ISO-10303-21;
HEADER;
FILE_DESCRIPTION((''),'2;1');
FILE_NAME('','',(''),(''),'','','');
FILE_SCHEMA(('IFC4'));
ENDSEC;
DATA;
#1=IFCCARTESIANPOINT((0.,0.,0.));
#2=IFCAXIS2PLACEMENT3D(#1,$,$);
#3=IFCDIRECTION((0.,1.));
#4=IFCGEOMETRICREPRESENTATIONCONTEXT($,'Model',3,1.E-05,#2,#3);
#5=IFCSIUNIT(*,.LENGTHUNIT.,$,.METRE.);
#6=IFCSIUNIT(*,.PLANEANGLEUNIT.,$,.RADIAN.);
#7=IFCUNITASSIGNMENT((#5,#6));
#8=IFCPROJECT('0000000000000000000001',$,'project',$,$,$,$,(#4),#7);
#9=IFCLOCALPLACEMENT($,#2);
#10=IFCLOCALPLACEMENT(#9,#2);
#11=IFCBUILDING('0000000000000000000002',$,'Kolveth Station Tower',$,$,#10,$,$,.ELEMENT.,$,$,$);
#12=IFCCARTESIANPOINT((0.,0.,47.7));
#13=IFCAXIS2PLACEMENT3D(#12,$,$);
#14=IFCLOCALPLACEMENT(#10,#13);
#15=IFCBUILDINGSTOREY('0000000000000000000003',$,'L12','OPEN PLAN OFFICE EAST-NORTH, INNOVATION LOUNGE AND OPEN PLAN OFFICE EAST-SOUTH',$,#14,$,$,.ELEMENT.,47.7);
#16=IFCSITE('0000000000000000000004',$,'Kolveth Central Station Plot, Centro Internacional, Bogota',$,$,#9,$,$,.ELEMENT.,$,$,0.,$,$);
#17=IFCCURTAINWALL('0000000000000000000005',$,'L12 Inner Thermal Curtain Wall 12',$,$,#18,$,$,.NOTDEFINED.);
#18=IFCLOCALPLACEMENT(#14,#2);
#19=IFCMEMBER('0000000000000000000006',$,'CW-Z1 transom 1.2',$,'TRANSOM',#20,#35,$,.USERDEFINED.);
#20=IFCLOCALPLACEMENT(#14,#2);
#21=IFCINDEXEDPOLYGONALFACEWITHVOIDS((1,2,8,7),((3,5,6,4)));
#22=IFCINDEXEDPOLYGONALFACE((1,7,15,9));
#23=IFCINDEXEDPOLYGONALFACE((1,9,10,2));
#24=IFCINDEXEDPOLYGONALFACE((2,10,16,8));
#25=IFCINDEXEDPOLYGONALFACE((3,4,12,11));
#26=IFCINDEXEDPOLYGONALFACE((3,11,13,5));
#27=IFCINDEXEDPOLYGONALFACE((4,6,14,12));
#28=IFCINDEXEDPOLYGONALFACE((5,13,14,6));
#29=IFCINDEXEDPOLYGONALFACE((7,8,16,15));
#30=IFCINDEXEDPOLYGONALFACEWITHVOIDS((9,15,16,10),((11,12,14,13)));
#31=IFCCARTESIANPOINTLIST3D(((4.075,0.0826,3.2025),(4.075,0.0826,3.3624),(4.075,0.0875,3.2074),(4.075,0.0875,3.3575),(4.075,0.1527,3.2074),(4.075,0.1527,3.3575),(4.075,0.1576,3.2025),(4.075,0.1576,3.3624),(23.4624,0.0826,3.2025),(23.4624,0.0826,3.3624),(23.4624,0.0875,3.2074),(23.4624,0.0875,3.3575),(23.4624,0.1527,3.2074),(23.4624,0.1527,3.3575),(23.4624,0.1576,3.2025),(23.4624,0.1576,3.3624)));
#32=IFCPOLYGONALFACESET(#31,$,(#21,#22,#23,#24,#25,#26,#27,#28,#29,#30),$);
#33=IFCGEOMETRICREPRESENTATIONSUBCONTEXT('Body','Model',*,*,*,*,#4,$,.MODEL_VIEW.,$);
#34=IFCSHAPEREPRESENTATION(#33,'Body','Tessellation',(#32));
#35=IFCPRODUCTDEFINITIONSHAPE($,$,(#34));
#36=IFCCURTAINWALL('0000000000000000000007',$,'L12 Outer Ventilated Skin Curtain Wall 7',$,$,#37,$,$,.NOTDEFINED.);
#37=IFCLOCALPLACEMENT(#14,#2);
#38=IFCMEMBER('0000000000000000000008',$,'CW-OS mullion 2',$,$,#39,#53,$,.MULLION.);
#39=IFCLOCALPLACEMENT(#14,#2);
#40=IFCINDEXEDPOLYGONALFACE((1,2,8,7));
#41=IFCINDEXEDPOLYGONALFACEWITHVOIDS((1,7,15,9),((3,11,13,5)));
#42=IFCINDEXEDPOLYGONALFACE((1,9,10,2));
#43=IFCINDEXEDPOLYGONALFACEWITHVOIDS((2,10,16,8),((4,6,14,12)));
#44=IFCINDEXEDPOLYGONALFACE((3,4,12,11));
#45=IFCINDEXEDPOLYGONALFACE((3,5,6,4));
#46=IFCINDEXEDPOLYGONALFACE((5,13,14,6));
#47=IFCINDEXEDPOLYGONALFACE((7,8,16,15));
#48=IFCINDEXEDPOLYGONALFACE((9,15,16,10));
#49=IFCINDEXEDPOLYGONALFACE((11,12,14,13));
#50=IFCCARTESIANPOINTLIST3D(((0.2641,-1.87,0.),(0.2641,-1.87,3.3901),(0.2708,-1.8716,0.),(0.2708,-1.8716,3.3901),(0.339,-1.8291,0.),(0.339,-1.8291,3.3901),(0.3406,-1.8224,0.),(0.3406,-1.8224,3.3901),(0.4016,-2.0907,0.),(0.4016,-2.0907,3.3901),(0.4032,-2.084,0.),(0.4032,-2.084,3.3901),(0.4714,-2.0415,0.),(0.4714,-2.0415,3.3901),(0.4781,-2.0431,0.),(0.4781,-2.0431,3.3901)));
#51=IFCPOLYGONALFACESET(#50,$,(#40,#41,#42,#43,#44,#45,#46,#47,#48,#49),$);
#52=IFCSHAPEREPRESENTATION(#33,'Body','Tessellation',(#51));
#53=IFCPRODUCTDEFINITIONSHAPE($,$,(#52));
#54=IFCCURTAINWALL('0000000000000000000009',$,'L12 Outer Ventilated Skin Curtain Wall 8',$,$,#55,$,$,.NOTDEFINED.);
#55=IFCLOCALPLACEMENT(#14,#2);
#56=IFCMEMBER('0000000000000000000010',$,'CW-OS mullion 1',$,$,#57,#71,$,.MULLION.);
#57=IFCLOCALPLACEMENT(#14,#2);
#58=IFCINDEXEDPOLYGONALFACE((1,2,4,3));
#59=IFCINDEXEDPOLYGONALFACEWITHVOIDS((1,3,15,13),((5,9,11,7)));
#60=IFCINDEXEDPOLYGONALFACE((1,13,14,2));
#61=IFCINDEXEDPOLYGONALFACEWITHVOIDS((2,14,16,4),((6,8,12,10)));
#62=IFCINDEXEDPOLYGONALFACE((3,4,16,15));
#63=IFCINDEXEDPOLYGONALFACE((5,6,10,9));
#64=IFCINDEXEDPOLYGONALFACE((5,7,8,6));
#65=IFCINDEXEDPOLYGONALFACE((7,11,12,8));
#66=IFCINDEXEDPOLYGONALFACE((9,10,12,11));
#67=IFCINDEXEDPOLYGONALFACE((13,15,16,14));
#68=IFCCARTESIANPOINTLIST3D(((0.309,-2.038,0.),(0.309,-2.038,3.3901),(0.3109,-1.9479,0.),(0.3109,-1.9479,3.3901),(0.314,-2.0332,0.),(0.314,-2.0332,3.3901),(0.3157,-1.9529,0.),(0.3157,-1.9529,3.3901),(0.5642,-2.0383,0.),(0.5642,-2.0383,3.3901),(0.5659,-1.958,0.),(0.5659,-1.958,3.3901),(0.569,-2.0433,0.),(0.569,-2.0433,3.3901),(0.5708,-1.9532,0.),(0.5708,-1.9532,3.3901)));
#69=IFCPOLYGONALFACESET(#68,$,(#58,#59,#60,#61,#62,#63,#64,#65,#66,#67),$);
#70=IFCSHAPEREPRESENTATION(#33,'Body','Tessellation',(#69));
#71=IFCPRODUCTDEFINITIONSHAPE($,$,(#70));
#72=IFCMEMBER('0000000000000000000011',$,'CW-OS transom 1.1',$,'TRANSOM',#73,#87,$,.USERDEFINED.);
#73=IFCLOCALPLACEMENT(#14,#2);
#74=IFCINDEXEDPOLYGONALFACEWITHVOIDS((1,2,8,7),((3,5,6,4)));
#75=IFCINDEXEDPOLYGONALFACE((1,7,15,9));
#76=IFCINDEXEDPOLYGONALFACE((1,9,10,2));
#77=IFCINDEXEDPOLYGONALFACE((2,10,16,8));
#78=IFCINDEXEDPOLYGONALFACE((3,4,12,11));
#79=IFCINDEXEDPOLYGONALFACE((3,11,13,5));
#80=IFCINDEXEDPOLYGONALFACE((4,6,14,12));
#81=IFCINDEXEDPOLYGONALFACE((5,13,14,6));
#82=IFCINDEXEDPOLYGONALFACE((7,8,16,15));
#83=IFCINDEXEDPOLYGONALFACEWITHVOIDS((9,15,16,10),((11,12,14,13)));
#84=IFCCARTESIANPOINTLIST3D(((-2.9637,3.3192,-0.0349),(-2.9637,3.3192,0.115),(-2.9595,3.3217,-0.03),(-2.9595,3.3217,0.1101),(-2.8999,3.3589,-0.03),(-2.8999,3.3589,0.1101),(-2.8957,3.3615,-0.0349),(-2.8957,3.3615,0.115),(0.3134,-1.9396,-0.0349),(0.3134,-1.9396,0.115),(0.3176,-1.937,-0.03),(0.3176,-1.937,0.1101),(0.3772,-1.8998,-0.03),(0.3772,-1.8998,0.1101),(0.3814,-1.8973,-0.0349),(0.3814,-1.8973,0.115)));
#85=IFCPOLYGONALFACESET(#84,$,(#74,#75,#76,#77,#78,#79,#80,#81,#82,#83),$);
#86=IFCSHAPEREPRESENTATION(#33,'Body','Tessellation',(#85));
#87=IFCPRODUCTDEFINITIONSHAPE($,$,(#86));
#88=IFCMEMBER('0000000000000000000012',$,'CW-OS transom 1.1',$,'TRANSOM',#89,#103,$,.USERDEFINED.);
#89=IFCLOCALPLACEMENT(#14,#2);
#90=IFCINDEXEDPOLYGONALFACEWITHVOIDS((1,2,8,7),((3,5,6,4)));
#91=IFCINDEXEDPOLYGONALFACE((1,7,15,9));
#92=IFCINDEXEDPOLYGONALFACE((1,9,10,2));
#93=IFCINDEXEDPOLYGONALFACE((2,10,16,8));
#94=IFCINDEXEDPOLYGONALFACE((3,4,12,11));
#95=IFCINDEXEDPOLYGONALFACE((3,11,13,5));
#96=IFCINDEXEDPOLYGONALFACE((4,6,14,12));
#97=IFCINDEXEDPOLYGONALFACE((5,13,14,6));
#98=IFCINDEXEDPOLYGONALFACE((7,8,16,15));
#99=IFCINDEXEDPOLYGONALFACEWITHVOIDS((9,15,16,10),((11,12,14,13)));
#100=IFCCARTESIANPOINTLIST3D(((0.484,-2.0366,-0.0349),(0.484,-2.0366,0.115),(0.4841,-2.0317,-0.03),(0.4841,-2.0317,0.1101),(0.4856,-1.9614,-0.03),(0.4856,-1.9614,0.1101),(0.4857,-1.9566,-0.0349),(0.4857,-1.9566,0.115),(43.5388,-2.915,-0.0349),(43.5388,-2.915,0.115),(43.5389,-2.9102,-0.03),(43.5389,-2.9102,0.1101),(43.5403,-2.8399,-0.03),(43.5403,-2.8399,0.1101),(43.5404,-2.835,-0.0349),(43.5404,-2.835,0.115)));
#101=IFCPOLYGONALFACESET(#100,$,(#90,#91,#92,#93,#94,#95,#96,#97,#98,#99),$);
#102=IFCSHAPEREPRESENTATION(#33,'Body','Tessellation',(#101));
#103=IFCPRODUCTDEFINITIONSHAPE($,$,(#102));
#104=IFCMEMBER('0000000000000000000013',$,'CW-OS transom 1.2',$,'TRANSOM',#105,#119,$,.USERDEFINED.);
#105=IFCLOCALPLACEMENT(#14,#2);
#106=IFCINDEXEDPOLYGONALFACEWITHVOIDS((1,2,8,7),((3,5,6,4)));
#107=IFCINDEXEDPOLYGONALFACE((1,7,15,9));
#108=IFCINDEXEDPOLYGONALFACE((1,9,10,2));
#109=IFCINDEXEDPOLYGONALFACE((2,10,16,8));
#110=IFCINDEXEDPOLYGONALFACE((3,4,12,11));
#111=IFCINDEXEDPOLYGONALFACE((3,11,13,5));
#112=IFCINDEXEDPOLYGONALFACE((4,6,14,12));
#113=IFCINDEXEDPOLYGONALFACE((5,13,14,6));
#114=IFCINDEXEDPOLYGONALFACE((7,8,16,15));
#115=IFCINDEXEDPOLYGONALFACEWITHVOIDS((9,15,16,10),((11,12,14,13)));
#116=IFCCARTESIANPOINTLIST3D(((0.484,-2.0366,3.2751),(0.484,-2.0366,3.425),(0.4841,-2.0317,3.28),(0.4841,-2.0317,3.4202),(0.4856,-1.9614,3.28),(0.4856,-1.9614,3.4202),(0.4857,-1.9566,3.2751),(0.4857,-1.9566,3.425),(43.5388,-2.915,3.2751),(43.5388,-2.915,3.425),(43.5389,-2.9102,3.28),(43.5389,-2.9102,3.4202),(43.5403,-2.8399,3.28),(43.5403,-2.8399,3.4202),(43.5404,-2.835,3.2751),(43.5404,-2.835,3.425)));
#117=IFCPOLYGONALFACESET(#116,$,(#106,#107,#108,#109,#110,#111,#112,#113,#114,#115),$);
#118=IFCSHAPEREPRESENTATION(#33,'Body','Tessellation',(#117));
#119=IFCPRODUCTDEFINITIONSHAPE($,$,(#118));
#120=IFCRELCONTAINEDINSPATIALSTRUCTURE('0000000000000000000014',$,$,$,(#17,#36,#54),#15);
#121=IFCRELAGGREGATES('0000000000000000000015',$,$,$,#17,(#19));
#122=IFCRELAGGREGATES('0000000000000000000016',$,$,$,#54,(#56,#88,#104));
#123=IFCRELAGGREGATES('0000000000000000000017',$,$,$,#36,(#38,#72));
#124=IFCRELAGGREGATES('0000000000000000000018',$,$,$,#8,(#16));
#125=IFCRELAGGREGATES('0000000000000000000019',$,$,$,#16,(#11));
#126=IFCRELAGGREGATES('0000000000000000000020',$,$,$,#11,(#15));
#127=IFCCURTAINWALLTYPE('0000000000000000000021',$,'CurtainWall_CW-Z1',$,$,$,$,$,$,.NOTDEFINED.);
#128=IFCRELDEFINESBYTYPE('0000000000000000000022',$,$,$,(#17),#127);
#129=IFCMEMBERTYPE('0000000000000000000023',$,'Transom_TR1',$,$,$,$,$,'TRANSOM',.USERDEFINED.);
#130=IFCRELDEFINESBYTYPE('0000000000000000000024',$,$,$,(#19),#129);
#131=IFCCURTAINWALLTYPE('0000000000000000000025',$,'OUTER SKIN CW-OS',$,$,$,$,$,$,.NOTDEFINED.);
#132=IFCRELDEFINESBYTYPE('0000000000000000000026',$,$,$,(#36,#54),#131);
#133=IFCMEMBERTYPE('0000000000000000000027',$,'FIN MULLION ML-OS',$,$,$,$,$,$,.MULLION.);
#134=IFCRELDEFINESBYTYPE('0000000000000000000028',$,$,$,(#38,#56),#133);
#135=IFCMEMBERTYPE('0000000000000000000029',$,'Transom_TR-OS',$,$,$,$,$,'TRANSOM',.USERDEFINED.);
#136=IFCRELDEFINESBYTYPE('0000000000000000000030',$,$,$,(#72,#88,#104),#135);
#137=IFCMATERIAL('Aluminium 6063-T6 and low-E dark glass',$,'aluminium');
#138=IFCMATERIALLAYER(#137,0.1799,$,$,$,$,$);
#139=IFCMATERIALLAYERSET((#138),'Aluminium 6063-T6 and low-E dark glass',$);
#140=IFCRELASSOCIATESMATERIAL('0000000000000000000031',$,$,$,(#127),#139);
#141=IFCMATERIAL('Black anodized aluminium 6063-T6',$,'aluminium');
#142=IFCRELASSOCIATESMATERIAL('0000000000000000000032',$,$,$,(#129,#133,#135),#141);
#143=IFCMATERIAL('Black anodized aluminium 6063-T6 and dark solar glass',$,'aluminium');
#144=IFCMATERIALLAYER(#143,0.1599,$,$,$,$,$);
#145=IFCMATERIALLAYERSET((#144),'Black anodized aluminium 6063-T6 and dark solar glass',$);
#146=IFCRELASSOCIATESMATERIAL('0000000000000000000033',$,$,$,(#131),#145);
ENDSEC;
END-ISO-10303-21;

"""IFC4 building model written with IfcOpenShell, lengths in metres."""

from ifc_helpers import new_model, si_unit, direction, frame, origin, origin_2d, place, context, subcontext, project, spatial, hollow_rectangle, extrude, source, transform, mapped, material, layer, layer_set, material_profile, profile_set, type_object, element, aggregate, save


model = new_model("IFC4")

# Units and contexts
model_context = context("Model", 3, precision=1e-05, world=origin(), true_north=direction((0.0, 1.0)))
body_context = subcontext(model_context, "Body", "Model", "MODEL_VIEW")
ifc_project = project(units=[si_unit("LENGTHUNIT", "METRE"), si_unit("PLANEANGLEUNIT", "RADIAN")], contexts=[model_context])

# Site, building, storey
site_placement = place(None, origin())
site = spatial("IfcSite", under=ifc_project, at=site_placement, Name="Kolveth Central Station Plot, Centro Internacional, Bogota", CompositionType="ELEMENT", RefElevation=0.0)
building_placement = place(site_placement, origin())
building = spatial("IfcBuilding", under=site, at=building_placement, Name="Kolveth Station Tower", CompositionType="ELEMENT")
storey_placement = place(building_placement, frame((0.0, 0.0, 47.7)))
storey = spatial("IfcBuildingStorey", under=building, at=storey_placement, Name="L12", Description="OPEN PLAN OFFICE EAST-NORTH, INNOVATION LOUNGE AND OPEN PLAN OFFICE EAST-SOUTH", CompositionType="ELEMENT", Elevation=47.7)

# Shared definitions
ifc_material_1 = material(Name="Aluminium 6063-T6 and low-E dark glass", Category="aluminium")
ifc_layer_1 = layer(ifc_material_1, 0.1799)
ifc_layer_set_1 = layer_set([ifc_layer_1], Name="Aluminium 6063-T6 and low-E dark glass")
curtain_wall_type_1 = type_object("IfcCurtainWallType", Name="CurtainWall_CW-Z1", PredefinedType="NOTDEFINED", material=ifc_layer_set_1)
ifc_material_2 = material(Name="Black anodized aluminium 6063-T6", Category="aluminium")

# Curtain wall
curtain_wall_1_placement = place(storey_placement, origin())
curtain_wall_1 = element("IfcCurtainWall", 1, at=curtain_wall_1_placement, inside=storey, type_object=curtain_wall_type_1, Name="L12 Inner Thermal Curtain Wall 12", PredefinedType="NOTDEFINED")

# Member
ifc_material_profile_1 = material_profile(ifc_material_2, hollow_rectangle(XDim=0.075, YDim=0.1599, WallThickness=0.0049, at=origin_2d()), Name="ALU-75x160x5")
ifc_profile_set_1 = profile_set([ifc_material_profile_1], Name="Black anodized aluminium 6063-T6")
member_type_1 = type_object("IfcMemberType", Name="Transom_TR1", ElementType="TRANSOM", PredefinedType="USERDEFINED", material=ifc_profile_set_1)
shared_shape_1 = source(origin(), body_context, "Body", "SweptSolid", [
    extrude(hollow_rectangle(XDim=0.075, YDim=0.1599, WallThickness=0.0049, at=origin_2d()), origin(), (0.0, 0.0, 1.0), 19.3875),
])
member_1_placement = place(storey_placement, frame((4.075, 0.1201, 3.2825), z_axis=(1.0, 0.0, 0.0), x_axis=(0.0, 1.0, 0.0)))
member_1 = element("IfcMember", 2, at=member_1_placement, type_object=member_type_1, Name="CW-Z1 transom 1.2", ObjectType="TRANSOM", PredefinedType="USERDEFINED", context=body_context, shape_type="MappedRepresentation", body=[
    mapped(shared_shape_1, transform((0.0, 0.0, 0.0), x_axis=(1.0, 0.0, 0.0), y_axis=(0.0, 1.0, 0.0), z_axis=(0.0, 0.0, 1.0), scale=1.0)),
])
aggregate(curtain_wall_1, [member_1])

# Curtain walls, members
ifc_material_3 = material(Name="Black anodized aluminium 6063-T6 and dark solar glass", Category="aluminium")
ifc_layer_2 = layer(ifc_material_3, 0.1599)
ifc_layer_set_2 = layer_set([ifc_layer_2], Name="Black anodized aluminium 6063-T6 and dark solar glass")
curtain_wall_type_2 = type_object("IfcCurtainWallType", Name="OUTER SKIN CW-OS", PredefinedType="NOTDEFINED", material=ifc_layer_set_2)
curtain_wall_2_placement = place(storey_placement, origin())
curtain_wall_2 = element("IfcCurtainWall", 3, at=curtain_wall_2_placement, inside=storey, type_object=curtain_wall_type_2, Name="L12 Outer Ventilated Skin Curtain Wall 7", PredefinedType="NOTDEFINED")
ifc_material_profile_2 = material_profile(ifc_material_2, hollow_rectangle(XDim=0.0901, YDim=0.26, WallThickness=0.0049, at=origin_2d()), Name="ALU-90x260x5")
ifc_profile_set_2 = profile_set([ifc_material_profile_2], Name="Black anodized aluminium 6063-T6")
member_type_2 = type_object("IfcMemberType", Name="FIN MULLION ML-OS", PredefinedType="MULLION", material=ifc_profile_set_2)
shared_shape_2 = source(origin(), body_context, "Body", "SweptSolid", [
    extrude(hollow_rectangle(XDim=0.0901, YDim=0.26, WallThickness=0.0049, at=origin_2d()), origin(), (0.0, 0.0, 1.0), 3.3901),
])
member_2_placement = place(storey_placement, frame((0.3711, -1.9565, 0.0), z_axis=(0.0, 0.0, 1.0), x_axis=(0.84869, 0.52889, 0.0)))
member_2 = element("IfcMember", 4, at=member_2_placement, type_object=member_type_2, Name="CW-OS mullion 2", PredefinedType="MULLION", context=body_context, shape_type="MappedRepresentation", body=[
    mapped(shared_shape_2, transform((0.0, 0.0, 0.0), x_axis=(1.0, 0.0, 0.0), y_axis=(0.0, 1.0, 0.0), z_axis=(0.0, 0.0, 1.0), scale=1.0)),
])
curtain_wall_3_placement = place(storey_placement, origin())
curtain_wall_3 = element("IfcCurtainWall", 5, at=curtain_wall_3_placement, inside=storey, type_object=curtain_wall_type_2, Name="L12 Outer Ventilated Skin Curtain Wall 8", PredefinedType="NOTDEFINED")
member_3_placement = place(storey_placement, frame((0.4399, -1.9956, 0.0), z_axis=(0.0, 0.0, 1.0), x_axis=(0.020398, 0.999792, 0.0)))
member_3 = element("IfcMember", 6, at=member_3_placement, type_object=member_type_2, Name="CW-OS mullion 1", PredefinedType="MULLION", context=body_context, shape_type="MappedRepresentation", body=[
    mapped(shared_shape_2, transform((0.0, 0.0, 0.0), x_axis=(1.0, 0.0, 0.0), y_axis=(0.0, 1.0, 0.0), z_axis=(0.0, 0.0, 1.0), scale=1.0)),
])

# Members
ifc_material_profile_3 = material_profile(ifc_material_2, hollow_rectangle(XDim=0.0801, YDim=0.1499, WallThickness=0.0049, at=origin_2d()), Name="ALU-80x150x5")
ifc_profile_set_3 = profile_set([ifc_material_profile_3], Name="Black anodized aluminium 6063-T6")
member_type_3 = type_object("IfcMemberType", Name="Transom_TR-OS", ElementType="TRANSOM", PredefinedType="USERDEFINED", material=ifc_profile_set_3)
shared_shape_3 = source(origin(), body_context, "Body", "SweptSolid", [
    extrude(hollow_rectangle(XDim=0.0801, YDim=0.1499, WallThickness=0.0049, at=origin_2d()), origin(), (0.0, 0.0, 1.0), 6.1963),
])
member_4_placement = place(storey_placement, frame((-2.9297, 3.3403, 0.04), z_axis=(0.528879, -0.848697, 0.0), x_axis=(0.848697, 0.528879, 0.0)))
member_4 = element("IfcMember", 7, at=member_4_placement, type_object=member_type_3, Name="CW-OS transom 1.1", ObjectType="TRANSOM", PredefinedType="USERDEFINED", context=body_context, shape_type="MappedRepresentation", body=[
    mapped(shared_shape_3, transform((0.0, 0.0, 0.0), x_axis=(1.0, 0.0, 0.0), y_axis=(0.0, 1.0, 0.0), z_axis=(0.0, 0.0, 1.0), scale=1.0)),
])
shared_shape_4 = source(origin(), body_context, "Body", "SweptSolid", [
    extrude(hollow_rectangle(XDim=0.0801, YDim=0.1499, WallThickness=0.0049, at=origin_2d()), origin(), (0.0, 0.0, 1.0), 43.0637),
])
member_5_placement = place(storey_placement, frame((0.4849, -1.9966, 0.04), z_axis=(0.999792, -0.020398, 0.0), x_axis=(0.020398, 0.999792, 0.0)))
member_5 = element("IfcMember", 8, at=member_5_placement, type_object=member_type_3, Name="CW-OS transom 1.1", ObjectType="TRANSOM", PredefinedType="USERDEFINED", context=body_context, shape_type="MappedRepresentation", body=[
    mapped(shared_shape_4, transform((0.0, 0.0, 0.0), x_axis=(1.0, 0.0, 0.0), y_axis=(0.0, 1.0, 0.0), z_axis=(0.0, 0.0, 1.0), scale=1.0)),
])
member_6_placement = place(storey_placement, frame((0.4849, -1.9966, 3.3501), z_axis=(0.999792, -0.020398, 0.0), x_axis=(0.020398, 0.999792, 0.0)))
member_6 = element("IfcMember", 9, at=member_6_placement, type_object=member_type_3, Name="CW-OS transom 1.2", ObjectType="TRANSOM", PredefinedType="USERDEFINED", context=body_context, shape_type="MappedRepresentation", body=[
    mapped(shared_shape_4, transform((0.0, 0.0, 0.0), x_axis=(1.0, 0.0, 0.0), y_axis=(0.0, 1.0, 0.0), z_axis=(0.0, 0.0, 1.0), scale=1.0)),
])
aggregate(curtain_wall_3, [member_3, member_5, member_6])

aggregate(curtain_wall_2, [member_2, member_4])

save(model, "model.ifc")
